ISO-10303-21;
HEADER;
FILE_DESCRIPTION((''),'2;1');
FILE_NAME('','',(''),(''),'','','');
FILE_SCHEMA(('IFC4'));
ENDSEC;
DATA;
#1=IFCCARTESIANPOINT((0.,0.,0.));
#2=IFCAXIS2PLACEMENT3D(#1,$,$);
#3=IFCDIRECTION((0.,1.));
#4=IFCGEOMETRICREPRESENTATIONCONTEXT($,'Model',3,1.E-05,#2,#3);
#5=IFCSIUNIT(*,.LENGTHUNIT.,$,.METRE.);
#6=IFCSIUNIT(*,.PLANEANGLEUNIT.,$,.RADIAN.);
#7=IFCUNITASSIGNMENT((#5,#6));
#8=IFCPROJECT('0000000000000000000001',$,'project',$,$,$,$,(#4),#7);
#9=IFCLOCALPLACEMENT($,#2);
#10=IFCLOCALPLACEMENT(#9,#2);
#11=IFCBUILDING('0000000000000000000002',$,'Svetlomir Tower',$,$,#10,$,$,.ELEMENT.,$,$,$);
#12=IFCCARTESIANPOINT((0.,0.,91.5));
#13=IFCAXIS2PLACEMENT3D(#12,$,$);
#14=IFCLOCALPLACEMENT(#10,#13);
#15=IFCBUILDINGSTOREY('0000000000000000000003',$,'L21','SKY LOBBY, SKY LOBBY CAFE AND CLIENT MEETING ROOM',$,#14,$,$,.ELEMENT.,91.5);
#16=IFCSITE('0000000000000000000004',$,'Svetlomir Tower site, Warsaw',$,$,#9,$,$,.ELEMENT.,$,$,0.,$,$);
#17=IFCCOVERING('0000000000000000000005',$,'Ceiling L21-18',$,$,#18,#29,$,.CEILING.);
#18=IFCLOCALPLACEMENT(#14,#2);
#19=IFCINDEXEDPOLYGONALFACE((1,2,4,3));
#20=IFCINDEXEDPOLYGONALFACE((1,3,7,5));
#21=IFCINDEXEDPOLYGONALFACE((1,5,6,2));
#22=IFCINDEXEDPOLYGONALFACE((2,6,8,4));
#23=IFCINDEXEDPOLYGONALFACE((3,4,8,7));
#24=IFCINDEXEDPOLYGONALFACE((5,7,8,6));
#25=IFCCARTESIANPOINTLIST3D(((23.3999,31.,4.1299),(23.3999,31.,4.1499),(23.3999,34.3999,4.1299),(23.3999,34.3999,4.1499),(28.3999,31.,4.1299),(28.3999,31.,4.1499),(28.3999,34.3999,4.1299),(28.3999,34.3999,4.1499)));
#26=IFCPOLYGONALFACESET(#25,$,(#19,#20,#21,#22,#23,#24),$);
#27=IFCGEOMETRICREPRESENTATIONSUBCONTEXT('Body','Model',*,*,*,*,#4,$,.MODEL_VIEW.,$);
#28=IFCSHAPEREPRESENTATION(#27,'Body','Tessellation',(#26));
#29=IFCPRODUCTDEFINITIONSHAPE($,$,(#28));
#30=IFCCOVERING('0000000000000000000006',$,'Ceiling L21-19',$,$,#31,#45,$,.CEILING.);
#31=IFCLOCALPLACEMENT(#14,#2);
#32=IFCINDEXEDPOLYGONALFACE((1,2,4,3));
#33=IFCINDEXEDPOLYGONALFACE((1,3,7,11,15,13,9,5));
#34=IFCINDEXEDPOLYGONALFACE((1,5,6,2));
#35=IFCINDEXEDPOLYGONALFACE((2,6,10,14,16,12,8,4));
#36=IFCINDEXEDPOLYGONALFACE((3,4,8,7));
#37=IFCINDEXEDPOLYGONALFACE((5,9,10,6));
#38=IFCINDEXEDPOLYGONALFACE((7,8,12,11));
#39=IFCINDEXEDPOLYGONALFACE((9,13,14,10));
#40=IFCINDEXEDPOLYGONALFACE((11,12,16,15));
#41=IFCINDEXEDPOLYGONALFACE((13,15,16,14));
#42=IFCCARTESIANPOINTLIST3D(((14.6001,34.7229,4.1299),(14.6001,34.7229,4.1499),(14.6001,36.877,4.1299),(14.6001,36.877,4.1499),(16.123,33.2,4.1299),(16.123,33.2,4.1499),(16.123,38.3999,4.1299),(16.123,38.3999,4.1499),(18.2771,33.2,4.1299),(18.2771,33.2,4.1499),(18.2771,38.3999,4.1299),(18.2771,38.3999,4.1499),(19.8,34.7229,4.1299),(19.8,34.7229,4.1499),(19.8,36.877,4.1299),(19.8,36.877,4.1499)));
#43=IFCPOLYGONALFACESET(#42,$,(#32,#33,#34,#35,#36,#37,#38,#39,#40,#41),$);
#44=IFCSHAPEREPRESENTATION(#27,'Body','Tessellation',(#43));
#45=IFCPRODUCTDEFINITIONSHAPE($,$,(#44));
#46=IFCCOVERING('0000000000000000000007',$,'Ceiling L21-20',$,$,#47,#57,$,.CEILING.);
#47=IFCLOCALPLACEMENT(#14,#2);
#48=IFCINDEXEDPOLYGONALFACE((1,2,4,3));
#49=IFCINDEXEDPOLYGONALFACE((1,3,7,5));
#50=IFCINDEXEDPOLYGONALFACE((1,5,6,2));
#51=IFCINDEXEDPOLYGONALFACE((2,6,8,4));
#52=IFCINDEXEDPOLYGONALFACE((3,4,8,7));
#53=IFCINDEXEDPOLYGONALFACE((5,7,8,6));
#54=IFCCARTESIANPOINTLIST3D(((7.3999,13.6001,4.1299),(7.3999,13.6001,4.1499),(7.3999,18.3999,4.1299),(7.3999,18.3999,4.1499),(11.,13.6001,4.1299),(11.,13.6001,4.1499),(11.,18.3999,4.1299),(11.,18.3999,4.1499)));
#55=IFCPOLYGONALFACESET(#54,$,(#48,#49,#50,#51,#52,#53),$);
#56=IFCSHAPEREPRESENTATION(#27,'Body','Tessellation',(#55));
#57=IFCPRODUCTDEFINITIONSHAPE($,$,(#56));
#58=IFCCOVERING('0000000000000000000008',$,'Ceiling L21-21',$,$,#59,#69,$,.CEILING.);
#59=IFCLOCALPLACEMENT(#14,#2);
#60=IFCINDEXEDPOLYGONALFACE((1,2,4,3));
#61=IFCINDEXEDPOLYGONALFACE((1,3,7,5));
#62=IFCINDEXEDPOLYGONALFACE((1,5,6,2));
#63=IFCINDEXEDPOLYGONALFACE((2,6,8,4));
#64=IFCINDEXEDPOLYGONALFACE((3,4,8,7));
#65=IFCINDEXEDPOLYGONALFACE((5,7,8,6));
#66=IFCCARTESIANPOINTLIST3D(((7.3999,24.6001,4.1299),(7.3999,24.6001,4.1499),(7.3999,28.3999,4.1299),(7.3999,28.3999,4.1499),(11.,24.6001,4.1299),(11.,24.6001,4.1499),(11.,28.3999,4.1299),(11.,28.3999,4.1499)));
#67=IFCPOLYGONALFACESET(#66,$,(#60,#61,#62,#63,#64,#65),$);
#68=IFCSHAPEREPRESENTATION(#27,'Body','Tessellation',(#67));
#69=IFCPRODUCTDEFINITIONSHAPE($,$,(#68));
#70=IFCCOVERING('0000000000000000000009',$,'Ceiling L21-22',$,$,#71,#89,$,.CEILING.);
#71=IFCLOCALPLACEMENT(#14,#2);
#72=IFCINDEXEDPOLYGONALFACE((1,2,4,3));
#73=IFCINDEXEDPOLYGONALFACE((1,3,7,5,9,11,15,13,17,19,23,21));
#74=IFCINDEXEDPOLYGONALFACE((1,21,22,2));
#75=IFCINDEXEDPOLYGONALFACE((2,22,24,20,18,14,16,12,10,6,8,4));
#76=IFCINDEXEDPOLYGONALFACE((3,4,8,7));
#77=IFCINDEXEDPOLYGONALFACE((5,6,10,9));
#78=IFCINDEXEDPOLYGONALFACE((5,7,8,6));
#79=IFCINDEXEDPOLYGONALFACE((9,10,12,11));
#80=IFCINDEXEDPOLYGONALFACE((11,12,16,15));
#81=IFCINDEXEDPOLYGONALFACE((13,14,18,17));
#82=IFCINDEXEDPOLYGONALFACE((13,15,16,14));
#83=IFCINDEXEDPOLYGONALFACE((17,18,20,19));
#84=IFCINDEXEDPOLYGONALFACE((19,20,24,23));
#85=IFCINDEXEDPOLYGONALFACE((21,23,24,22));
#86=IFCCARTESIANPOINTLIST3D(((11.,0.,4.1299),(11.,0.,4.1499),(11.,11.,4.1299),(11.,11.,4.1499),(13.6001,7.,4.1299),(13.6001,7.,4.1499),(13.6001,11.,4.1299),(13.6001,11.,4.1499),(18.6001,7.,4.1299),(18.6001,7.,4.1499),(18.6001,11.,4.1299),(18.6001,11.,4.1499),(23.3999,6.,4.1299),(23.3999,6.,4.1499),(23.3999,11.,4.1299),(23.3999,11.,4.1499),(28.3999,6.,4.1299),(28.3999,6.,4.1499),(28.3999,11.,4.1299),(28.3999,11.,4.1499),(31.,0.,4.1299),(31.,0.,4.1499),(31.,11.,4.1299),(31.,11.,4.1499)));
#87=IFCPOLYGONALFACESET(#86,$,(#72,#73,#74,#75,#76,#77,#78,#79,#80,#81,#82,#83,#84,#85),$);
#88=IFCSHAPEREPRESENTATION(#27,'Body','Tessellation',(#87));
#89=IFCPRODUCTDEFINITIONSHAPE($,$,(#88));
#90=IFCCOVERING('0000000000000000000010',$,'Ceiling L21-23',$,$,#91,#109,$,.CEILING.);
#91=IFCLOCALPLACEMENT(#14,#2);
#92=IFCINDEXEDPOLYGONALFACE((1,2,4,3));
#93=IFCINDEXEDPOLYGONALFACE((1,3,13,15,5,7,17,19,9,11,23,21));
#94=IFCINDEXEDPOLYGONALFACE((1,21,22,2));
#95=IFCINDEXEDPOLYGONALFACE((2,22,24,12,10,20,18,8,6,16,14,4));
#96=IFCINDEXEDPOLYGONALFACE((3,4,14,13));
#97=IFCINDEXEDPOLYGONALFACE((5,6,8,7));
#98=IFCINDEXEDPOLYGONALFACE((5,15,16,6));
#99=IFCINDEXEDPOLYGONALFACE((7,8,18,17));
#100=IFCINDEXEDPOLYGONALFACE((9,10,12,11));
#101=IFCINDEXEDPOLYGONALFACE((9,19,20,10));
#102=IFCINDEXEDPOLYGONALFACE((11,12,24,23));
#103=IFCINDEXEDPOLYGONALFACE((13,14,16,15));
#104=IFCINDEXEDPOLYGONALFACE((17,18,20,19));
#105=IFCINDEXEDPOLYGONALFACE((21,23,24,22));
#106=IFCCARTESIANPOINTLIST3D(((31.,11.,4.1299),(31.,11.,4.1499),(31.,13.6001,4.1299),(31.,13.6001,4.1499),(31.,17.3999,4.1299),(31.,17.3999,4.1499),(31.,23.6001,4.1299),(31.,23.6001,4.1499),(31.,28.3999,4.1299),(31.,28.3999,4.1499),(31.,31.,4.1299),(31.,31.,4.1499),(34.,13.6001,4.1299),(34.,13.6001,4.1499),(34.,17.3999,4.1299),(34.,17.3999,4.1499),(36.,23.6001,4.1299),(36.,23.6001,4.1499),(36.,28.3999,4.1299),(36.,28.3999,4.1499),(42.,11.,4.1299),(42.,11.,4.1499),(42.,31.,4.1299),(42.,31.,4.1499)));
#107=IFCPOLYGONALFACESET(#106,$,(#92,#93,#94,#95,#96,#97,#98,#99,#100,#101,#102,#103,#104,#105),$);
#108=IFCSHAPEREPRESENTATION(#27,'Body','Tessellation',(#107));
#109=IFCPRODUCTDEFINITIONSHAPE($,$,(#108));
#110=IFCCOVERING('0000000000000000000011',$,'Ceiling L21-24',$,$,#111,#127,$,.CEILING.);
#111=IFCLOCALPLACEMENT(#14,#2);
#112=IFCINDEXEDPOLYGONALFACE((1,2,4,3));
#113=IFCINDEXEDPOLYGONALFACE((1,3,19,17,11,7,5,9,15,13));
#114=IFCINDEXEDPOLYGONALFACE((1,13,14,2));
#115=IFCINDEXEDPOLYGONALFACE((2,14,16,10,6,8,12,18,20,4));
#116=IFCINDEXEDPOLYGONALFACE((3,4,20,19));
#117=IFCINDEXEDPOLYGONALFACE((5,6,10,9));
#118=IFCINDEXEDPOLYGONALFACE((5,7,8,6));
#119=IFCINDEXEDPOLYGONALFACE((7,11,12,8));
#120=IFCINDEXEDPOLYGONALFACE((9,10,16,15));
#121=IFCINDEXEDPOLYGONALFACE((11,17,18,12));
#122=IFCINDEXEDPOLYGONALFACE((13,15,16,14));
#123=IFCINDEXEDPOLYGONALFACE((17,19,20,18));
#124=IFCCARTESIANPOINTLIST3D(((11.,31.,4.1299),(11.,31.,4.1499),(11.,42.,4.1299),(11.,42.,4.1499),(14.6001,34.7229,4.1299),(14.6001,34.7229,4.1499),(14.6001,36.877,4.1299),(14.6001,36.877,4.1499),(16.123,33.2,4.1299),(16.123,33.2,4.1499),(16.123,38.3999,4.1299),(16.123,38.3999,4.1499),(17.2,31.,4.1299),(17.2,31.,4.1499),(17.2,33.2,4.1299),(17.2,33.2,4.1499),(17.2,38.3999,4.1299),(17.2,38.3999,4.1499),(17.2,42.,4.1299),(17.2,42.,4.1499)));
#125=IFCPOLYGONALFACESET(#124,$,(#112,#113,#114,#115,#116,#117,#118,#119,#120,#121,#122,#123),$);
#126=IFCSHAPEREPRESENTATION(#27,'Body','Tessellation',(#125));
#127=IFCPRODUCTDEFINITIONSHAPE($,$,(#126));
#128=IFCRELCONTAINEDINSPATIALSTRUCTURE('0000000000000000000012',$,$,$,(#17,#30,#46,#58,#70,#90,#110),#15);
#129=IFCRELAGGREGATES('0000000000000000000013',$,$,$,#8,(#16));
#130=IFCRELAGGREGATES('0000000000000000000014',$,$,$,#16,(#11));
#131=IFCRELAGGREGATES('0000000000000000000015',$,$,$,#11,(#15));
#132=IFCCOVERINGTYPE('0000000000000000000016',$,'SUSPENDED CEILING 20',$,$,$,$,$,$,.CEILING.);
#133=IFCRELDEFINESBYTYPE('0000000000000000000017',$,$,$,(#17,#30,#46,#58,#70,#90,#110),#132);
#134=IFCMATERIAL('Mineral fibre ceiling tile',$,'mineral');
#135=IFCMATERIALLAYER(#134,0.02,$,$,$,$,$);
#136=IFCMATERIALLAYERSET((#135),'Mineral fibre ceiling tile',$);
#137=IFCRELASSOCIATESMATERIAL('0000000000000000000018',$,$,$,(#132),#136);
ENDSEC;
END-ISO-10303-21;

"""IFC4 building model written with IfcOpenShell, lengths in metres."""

from ifc_helpers import new_model, si_unit, direction, frame, origin, place, context, subcontext, project, spatial, polyline, outline, extrude, material, layer, layer_set, type_object, element, save


model = new_model("IFC4")

# Units and contexts
model_context = context("Model", 3, precision=1e-05, world=origin(), true_north=direction((0.0, 1.0)))
body_context = subcontext(model_context, "Body", "Model", "MODEL_VIEW")
ifc_project = project(units=[si_unit("LENGTHUNIT", "METRE"), si_unit("PLANEANGLEUNIT", "RADIAN")], contexts=[model_context])

# Site, building, storey
site_placement = place(None, origin())
site = spatial("IfcSite", under=ifc_project, at=site_placement, Name="Svetlomir Tower site, Warsaw", CompositionType="ELEMENT", RefElevation=0.0)
building_placement = place(site_placement, origin())
building = spatial("IfcBuilding", under=site, at=building_placement, Name="Svetlomir Tower", CompositionType="ELEMENT")
storey_placement = place(building_placement, frame((0.0, 0.0, 91.5)))
storey = spatial("IfcBuildingStorey", under=building, at=storey_placement, Name="L21", Description="SKY LOBBY, SKY LOBBY CAFE AND CLIENT MEETING ROOM", CompositionType="ELEMENT", Elevation=91.5)

# Coverings
ifc_material_1 = material(Name="Mineral fibre ceiling tile", Category="mineral")
ifc_layer_1 = layer(ifc_material_1, 0.02)
ifc_layer_set_1 = layer_set([ifc_layer_1], Name="Mineral fibre ceiling tile")
covering_type_1 = type_object("IfcCoveringType", Name="SUSPENDED CEILING 20", PredefinedType="CEILING", material=ifc_layer_set_1)
covering_1_placement = place(storey_placement, frame((0.0, 0.0, 4.1299)))
element("IfcCovering", 1, at=covering_1_placement, inside=storey, type_object=covering_type_1, Name="Ceiling L21-18", PredefinedType="CEILING", context=body_context, shape_type="SweptSolid", body=[
    extrude(outline(polyline([(23.3999, 31.0), (28.3999, 31.0), (28.3999, 34.3999), (23.3999, 34.3999), (23.3999, 31.0)])), origin(), (0.0, 0.0, 1.0), 0.02),
])
covering_2_placement = place(storey_placement, frame((0.0, 0.0, 4.1299)))
element("IfcCovering", 2, at=covering_2_placement, inside=storey, type_object=covering_type_1, Name="Ceiling L21-19", PredefinedType="CEILING", context=body_context, shape_type="SweptSolid", body=[
    extrude(outline(polyline([(16.123, 33.2), (18.2771, 33.2), (19.8, 34.7229), (19.8, 36.877), (18.2771, 38.3999), (16.123, 38.3999), (14.6001, 36.877), (14.6001, 34.7229), (16.123, 33.2)])), origin(), (0.0, 0.0, 1.0), 0.02),
])
covering_3_placement = place(storey_placement, frame((0.0, 0.0, 4.1299)))
element("IfcCovering", 3, at=covering_3_placement, inside=storey, type_object=covering_type_1, Name="Ceiling L21-20", PredefinedType="CEILING", context=body_context, shape_type="SweptSolid", body=[
    extrude(outline(polyline([(7.3999, 13.6001), (11.0, 13.6001), (11.0, 18.3999), (7.3999, 18.3999), (7.3999, 13.6001)])), origin(), (0.0, 0.0, 1.0), 0.02),
])
covering_4_placement = place(storey_placement, frame((0.0, 0.0, 4.1299)))
element("IfcCovering", 4, at=covering_4_placement, inside=storey, type_object=covering_type_1, Name="Ceiling L21-21", PredefinedType="CEILING", context=body_context, shape_type="SweptSolid", body=[
    extrude(outline(polyline([(7.3999, 24.6001), (11.0, 24.6001), (11.0, 28.3999), (7.3999, 28.3999), (7.3999, 24.6001)])), origin(), (0.0, 0.0, 1.0), 0.02),
])
covering_5_placement = place(storey_placement, frame((0.0, 0.0, 4.1299)))
element("IfcCovering", 5, at=covering_5_placement, inside=storey, type_object=covering_type_1, Name="Ceiling L21-22", PredefinedType="CEILING", context=body_context, shape_type="SweptSolid", body=[
    extrude(outline(polyline([(11.0, 0.0), (11.0, 11.0), (13.6001, 11.0), (13.6001, 7.0), (18.6001, 7.0), (18.6001, 11.0), (23.3999, 11.0), (23.3999, 6.0), (28.3999, 6.0), (28.3999, 11.0), (31.0, 11.0), (31.0, 0.0), (11.0, 0.0)])), origin(), (0.0, 0.0, 1.0), 0.02),
])
covering_6_placement = place(storey_placement, frame((0.0, 0.0, 4.1299)))
element("IfcCovering", 6, at=covering_6_placement, inside=storey, type_object=covering_type_1, Name="Ceiling L21-23", PredefinedType="CEILING", context=body_context, shape_type="SweptSolid", body=[
    extrude(outline(polyline([(42.0, 11.0), (31.0, 11.0), (31.0, 13.6001), (34.0, 13.6001), (34.0, 17.3999), (31.0, 17.3999), (31.0, 23.6001), (36.0, 23.6001), (36.0, 28.3999), (31.0, 28.3999), (31.0, 31.0), (42.0, 31.0), (42.0, 11.0)])), origin(), (0.0, 0.0, 1.0), 0.02),
])
covering_7_placement = place(storey_placement, frame((0.0, 0.0, 4.1299)))
element("IfcCovering", 7, at=covering_7_placement, inside=storey, type_object=covering_type_1, Name="Ceiling L21-24", PredefinedType="CEILING", context=body_context, shape_type="SweptSolid", body=[
    extrude(outline(polyline([(17.2, 31.0), (11.0, 31.0), (11.0, 42.0), (17.2, 42.0), (17.2, 38.3999), (16.123, 38.3999), (14.6001, 36.877), (14.6001, 34.7229), (16.123, 33.2), (17.2, 33.2), (17.2, 31.0)])), origin(), (0.0, 0.0, 1.0), 0.02),
])

save(model, "model.ifc")
